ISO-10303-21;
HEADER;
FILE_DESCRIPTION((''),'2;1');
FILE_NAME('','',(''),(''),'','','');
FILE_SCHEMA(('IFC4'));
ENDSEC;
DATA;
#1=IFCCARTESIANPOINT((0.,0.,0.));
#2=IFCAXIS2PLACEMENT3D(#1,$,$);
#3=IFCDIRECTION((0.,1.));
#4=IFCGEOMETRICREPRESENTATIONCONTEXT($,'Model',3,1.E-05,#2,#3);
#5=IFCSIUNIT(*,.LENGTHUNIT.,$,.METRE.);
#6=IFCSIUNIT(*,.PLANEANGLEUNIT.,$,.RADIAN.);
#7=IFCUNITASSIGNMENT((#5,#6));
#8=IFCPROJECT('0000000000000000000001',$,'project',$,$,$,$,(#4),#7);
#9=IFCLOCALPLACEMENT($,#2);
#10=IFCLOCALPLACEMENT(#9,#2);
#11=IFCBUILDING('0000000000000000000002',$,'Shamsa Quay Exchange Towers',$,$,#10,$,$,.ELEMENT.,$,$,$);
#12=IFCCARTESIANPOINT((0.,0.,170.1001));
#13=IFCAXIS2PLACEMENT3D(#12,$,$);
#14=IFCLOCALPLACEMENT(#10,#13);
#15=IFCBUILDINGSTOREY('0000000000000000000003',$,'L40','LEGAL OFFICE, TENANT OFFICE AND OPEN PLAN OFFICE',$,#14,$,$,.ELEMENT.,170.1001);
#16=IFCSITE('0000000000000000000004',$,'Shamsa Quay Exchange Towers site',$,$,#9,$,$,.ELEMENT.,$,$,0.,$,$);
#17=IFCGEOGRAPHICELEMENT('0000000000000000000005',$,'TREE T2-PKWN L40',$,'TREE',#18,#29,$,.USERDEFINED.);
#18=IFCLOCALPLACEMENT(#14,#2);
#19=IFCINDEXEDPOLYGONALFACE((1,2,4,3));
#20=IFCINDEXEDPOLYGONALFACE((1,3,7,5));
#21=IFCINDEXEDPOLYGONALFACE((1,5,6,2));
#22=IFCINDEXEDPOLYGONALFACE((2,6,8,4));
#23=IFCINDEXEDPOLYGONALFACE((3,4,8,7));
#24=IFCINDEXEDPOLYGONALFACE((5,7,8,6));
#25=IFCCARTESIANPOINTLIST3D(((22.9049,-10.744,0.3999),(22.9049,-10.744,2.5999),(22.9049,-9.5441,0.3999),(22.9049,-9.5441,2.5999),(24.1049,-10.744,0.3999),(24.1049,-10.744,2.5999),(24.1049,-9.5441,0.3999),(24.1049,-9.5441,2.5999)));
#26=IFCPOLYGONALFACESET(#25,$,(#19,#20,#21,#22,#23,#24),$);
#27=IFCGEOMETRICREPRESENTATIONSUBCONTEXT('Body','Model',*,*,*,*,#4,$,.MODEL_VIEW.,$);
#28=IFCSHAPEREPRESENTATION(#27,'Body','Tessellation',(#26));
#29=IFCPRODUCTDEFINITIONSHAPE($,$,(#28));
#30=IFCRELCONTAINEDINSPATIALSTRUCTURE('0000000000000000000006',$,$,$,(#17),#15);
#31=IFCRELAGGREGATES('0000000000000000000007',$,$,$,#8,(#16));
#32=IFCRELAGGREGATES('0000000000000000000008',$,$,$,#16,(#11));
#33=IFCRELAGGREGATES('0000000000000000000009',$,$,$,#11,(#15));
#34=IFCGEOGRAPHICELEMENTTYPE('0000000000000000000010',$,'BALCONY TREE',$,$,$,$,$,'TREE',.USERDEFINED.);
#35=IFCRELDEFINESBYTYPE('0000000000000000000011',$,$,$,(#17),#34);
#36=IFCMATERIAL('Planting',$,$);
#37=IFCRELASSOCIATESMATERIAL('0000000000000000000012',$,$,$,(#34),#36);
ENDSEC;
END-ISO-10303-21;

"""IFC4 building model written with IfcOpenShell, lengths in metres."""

from ifc_helpers import new_model, si_unit, direction, frame, origin, origin_2d, place, context, subcontext, project, spatial, rectangle, extrude, material, type_object, element, save


model = new_model("IFC4")

# Units and contexts
model_context = context("Model", 3, precision=1e-05, world=origin(), true_north=direction((0.0, 1.0)))
body_context = subcontext(model_context, "Body", "Model", "MODEL_VIEW")
ifc_project = project(units=[si_unit("LENGTHUNIT", "METRE"), si_unit("PLANEANGLEUNIT", "RADIAN")], contexts=[model_context])

# Site, building, storey
site_placement = place(None, origin())
site = spatial("IfcSite", under=ifc_project, at=site_placement, Name="Shamsa Quay Exchange Towers site", CompositionType="ELEMENT", RefElevation=0.0)
building_placement = place(site_placement, origin())
building = spatial("IfcBuilding", under=site, at=building_placement, Name="Shamsa Quay Exchange Towers", CompositionType="ELEMENT")
storey_placement = place(building_placement, frame((0.0, 0.0, 170.1001)))
storey = spatial("IfcBuildingStorey", under=building, at=storey_placement, Name="L40", Description="LEGAL OFFICE, TENANT OFFICE AND OPEN PLAN OFFICE", CompositionType="ELEMENT", Elevation=170.1001)

# Geographic element
ifc_material_1 = material(Name="Planting")
geographic_element_type = type_object("IfcGeographicElementType", Name="BALCONY TREE", ElementType="TREE", PredefinedType="USERDEFINED", material=ifc_material_1)
geographic_element_placement = place(storey_placement, frame((23.5049, -10.144, 0.3999), z_axis=(0.0, 0.0, 1.0), x_axis=(0.0, -1.0, 0.0)))
element("IfcGeographicElement", 1, at=geographic_element_placement, inside=storey, type_object=geographic_element_type, Name="TREE T2-PKWN L40", ObjectType="TREE", PredefinedType="USERDEFINED", context=body_context, shape_type="SweptSolid", body=[
    extrude(rectangle(XDim=1.2, YDim=1.2, at=origin_2d()), origin(), (0.0, 0.0, 1.0), 2.2),
])

save(model, "model.ifc")
